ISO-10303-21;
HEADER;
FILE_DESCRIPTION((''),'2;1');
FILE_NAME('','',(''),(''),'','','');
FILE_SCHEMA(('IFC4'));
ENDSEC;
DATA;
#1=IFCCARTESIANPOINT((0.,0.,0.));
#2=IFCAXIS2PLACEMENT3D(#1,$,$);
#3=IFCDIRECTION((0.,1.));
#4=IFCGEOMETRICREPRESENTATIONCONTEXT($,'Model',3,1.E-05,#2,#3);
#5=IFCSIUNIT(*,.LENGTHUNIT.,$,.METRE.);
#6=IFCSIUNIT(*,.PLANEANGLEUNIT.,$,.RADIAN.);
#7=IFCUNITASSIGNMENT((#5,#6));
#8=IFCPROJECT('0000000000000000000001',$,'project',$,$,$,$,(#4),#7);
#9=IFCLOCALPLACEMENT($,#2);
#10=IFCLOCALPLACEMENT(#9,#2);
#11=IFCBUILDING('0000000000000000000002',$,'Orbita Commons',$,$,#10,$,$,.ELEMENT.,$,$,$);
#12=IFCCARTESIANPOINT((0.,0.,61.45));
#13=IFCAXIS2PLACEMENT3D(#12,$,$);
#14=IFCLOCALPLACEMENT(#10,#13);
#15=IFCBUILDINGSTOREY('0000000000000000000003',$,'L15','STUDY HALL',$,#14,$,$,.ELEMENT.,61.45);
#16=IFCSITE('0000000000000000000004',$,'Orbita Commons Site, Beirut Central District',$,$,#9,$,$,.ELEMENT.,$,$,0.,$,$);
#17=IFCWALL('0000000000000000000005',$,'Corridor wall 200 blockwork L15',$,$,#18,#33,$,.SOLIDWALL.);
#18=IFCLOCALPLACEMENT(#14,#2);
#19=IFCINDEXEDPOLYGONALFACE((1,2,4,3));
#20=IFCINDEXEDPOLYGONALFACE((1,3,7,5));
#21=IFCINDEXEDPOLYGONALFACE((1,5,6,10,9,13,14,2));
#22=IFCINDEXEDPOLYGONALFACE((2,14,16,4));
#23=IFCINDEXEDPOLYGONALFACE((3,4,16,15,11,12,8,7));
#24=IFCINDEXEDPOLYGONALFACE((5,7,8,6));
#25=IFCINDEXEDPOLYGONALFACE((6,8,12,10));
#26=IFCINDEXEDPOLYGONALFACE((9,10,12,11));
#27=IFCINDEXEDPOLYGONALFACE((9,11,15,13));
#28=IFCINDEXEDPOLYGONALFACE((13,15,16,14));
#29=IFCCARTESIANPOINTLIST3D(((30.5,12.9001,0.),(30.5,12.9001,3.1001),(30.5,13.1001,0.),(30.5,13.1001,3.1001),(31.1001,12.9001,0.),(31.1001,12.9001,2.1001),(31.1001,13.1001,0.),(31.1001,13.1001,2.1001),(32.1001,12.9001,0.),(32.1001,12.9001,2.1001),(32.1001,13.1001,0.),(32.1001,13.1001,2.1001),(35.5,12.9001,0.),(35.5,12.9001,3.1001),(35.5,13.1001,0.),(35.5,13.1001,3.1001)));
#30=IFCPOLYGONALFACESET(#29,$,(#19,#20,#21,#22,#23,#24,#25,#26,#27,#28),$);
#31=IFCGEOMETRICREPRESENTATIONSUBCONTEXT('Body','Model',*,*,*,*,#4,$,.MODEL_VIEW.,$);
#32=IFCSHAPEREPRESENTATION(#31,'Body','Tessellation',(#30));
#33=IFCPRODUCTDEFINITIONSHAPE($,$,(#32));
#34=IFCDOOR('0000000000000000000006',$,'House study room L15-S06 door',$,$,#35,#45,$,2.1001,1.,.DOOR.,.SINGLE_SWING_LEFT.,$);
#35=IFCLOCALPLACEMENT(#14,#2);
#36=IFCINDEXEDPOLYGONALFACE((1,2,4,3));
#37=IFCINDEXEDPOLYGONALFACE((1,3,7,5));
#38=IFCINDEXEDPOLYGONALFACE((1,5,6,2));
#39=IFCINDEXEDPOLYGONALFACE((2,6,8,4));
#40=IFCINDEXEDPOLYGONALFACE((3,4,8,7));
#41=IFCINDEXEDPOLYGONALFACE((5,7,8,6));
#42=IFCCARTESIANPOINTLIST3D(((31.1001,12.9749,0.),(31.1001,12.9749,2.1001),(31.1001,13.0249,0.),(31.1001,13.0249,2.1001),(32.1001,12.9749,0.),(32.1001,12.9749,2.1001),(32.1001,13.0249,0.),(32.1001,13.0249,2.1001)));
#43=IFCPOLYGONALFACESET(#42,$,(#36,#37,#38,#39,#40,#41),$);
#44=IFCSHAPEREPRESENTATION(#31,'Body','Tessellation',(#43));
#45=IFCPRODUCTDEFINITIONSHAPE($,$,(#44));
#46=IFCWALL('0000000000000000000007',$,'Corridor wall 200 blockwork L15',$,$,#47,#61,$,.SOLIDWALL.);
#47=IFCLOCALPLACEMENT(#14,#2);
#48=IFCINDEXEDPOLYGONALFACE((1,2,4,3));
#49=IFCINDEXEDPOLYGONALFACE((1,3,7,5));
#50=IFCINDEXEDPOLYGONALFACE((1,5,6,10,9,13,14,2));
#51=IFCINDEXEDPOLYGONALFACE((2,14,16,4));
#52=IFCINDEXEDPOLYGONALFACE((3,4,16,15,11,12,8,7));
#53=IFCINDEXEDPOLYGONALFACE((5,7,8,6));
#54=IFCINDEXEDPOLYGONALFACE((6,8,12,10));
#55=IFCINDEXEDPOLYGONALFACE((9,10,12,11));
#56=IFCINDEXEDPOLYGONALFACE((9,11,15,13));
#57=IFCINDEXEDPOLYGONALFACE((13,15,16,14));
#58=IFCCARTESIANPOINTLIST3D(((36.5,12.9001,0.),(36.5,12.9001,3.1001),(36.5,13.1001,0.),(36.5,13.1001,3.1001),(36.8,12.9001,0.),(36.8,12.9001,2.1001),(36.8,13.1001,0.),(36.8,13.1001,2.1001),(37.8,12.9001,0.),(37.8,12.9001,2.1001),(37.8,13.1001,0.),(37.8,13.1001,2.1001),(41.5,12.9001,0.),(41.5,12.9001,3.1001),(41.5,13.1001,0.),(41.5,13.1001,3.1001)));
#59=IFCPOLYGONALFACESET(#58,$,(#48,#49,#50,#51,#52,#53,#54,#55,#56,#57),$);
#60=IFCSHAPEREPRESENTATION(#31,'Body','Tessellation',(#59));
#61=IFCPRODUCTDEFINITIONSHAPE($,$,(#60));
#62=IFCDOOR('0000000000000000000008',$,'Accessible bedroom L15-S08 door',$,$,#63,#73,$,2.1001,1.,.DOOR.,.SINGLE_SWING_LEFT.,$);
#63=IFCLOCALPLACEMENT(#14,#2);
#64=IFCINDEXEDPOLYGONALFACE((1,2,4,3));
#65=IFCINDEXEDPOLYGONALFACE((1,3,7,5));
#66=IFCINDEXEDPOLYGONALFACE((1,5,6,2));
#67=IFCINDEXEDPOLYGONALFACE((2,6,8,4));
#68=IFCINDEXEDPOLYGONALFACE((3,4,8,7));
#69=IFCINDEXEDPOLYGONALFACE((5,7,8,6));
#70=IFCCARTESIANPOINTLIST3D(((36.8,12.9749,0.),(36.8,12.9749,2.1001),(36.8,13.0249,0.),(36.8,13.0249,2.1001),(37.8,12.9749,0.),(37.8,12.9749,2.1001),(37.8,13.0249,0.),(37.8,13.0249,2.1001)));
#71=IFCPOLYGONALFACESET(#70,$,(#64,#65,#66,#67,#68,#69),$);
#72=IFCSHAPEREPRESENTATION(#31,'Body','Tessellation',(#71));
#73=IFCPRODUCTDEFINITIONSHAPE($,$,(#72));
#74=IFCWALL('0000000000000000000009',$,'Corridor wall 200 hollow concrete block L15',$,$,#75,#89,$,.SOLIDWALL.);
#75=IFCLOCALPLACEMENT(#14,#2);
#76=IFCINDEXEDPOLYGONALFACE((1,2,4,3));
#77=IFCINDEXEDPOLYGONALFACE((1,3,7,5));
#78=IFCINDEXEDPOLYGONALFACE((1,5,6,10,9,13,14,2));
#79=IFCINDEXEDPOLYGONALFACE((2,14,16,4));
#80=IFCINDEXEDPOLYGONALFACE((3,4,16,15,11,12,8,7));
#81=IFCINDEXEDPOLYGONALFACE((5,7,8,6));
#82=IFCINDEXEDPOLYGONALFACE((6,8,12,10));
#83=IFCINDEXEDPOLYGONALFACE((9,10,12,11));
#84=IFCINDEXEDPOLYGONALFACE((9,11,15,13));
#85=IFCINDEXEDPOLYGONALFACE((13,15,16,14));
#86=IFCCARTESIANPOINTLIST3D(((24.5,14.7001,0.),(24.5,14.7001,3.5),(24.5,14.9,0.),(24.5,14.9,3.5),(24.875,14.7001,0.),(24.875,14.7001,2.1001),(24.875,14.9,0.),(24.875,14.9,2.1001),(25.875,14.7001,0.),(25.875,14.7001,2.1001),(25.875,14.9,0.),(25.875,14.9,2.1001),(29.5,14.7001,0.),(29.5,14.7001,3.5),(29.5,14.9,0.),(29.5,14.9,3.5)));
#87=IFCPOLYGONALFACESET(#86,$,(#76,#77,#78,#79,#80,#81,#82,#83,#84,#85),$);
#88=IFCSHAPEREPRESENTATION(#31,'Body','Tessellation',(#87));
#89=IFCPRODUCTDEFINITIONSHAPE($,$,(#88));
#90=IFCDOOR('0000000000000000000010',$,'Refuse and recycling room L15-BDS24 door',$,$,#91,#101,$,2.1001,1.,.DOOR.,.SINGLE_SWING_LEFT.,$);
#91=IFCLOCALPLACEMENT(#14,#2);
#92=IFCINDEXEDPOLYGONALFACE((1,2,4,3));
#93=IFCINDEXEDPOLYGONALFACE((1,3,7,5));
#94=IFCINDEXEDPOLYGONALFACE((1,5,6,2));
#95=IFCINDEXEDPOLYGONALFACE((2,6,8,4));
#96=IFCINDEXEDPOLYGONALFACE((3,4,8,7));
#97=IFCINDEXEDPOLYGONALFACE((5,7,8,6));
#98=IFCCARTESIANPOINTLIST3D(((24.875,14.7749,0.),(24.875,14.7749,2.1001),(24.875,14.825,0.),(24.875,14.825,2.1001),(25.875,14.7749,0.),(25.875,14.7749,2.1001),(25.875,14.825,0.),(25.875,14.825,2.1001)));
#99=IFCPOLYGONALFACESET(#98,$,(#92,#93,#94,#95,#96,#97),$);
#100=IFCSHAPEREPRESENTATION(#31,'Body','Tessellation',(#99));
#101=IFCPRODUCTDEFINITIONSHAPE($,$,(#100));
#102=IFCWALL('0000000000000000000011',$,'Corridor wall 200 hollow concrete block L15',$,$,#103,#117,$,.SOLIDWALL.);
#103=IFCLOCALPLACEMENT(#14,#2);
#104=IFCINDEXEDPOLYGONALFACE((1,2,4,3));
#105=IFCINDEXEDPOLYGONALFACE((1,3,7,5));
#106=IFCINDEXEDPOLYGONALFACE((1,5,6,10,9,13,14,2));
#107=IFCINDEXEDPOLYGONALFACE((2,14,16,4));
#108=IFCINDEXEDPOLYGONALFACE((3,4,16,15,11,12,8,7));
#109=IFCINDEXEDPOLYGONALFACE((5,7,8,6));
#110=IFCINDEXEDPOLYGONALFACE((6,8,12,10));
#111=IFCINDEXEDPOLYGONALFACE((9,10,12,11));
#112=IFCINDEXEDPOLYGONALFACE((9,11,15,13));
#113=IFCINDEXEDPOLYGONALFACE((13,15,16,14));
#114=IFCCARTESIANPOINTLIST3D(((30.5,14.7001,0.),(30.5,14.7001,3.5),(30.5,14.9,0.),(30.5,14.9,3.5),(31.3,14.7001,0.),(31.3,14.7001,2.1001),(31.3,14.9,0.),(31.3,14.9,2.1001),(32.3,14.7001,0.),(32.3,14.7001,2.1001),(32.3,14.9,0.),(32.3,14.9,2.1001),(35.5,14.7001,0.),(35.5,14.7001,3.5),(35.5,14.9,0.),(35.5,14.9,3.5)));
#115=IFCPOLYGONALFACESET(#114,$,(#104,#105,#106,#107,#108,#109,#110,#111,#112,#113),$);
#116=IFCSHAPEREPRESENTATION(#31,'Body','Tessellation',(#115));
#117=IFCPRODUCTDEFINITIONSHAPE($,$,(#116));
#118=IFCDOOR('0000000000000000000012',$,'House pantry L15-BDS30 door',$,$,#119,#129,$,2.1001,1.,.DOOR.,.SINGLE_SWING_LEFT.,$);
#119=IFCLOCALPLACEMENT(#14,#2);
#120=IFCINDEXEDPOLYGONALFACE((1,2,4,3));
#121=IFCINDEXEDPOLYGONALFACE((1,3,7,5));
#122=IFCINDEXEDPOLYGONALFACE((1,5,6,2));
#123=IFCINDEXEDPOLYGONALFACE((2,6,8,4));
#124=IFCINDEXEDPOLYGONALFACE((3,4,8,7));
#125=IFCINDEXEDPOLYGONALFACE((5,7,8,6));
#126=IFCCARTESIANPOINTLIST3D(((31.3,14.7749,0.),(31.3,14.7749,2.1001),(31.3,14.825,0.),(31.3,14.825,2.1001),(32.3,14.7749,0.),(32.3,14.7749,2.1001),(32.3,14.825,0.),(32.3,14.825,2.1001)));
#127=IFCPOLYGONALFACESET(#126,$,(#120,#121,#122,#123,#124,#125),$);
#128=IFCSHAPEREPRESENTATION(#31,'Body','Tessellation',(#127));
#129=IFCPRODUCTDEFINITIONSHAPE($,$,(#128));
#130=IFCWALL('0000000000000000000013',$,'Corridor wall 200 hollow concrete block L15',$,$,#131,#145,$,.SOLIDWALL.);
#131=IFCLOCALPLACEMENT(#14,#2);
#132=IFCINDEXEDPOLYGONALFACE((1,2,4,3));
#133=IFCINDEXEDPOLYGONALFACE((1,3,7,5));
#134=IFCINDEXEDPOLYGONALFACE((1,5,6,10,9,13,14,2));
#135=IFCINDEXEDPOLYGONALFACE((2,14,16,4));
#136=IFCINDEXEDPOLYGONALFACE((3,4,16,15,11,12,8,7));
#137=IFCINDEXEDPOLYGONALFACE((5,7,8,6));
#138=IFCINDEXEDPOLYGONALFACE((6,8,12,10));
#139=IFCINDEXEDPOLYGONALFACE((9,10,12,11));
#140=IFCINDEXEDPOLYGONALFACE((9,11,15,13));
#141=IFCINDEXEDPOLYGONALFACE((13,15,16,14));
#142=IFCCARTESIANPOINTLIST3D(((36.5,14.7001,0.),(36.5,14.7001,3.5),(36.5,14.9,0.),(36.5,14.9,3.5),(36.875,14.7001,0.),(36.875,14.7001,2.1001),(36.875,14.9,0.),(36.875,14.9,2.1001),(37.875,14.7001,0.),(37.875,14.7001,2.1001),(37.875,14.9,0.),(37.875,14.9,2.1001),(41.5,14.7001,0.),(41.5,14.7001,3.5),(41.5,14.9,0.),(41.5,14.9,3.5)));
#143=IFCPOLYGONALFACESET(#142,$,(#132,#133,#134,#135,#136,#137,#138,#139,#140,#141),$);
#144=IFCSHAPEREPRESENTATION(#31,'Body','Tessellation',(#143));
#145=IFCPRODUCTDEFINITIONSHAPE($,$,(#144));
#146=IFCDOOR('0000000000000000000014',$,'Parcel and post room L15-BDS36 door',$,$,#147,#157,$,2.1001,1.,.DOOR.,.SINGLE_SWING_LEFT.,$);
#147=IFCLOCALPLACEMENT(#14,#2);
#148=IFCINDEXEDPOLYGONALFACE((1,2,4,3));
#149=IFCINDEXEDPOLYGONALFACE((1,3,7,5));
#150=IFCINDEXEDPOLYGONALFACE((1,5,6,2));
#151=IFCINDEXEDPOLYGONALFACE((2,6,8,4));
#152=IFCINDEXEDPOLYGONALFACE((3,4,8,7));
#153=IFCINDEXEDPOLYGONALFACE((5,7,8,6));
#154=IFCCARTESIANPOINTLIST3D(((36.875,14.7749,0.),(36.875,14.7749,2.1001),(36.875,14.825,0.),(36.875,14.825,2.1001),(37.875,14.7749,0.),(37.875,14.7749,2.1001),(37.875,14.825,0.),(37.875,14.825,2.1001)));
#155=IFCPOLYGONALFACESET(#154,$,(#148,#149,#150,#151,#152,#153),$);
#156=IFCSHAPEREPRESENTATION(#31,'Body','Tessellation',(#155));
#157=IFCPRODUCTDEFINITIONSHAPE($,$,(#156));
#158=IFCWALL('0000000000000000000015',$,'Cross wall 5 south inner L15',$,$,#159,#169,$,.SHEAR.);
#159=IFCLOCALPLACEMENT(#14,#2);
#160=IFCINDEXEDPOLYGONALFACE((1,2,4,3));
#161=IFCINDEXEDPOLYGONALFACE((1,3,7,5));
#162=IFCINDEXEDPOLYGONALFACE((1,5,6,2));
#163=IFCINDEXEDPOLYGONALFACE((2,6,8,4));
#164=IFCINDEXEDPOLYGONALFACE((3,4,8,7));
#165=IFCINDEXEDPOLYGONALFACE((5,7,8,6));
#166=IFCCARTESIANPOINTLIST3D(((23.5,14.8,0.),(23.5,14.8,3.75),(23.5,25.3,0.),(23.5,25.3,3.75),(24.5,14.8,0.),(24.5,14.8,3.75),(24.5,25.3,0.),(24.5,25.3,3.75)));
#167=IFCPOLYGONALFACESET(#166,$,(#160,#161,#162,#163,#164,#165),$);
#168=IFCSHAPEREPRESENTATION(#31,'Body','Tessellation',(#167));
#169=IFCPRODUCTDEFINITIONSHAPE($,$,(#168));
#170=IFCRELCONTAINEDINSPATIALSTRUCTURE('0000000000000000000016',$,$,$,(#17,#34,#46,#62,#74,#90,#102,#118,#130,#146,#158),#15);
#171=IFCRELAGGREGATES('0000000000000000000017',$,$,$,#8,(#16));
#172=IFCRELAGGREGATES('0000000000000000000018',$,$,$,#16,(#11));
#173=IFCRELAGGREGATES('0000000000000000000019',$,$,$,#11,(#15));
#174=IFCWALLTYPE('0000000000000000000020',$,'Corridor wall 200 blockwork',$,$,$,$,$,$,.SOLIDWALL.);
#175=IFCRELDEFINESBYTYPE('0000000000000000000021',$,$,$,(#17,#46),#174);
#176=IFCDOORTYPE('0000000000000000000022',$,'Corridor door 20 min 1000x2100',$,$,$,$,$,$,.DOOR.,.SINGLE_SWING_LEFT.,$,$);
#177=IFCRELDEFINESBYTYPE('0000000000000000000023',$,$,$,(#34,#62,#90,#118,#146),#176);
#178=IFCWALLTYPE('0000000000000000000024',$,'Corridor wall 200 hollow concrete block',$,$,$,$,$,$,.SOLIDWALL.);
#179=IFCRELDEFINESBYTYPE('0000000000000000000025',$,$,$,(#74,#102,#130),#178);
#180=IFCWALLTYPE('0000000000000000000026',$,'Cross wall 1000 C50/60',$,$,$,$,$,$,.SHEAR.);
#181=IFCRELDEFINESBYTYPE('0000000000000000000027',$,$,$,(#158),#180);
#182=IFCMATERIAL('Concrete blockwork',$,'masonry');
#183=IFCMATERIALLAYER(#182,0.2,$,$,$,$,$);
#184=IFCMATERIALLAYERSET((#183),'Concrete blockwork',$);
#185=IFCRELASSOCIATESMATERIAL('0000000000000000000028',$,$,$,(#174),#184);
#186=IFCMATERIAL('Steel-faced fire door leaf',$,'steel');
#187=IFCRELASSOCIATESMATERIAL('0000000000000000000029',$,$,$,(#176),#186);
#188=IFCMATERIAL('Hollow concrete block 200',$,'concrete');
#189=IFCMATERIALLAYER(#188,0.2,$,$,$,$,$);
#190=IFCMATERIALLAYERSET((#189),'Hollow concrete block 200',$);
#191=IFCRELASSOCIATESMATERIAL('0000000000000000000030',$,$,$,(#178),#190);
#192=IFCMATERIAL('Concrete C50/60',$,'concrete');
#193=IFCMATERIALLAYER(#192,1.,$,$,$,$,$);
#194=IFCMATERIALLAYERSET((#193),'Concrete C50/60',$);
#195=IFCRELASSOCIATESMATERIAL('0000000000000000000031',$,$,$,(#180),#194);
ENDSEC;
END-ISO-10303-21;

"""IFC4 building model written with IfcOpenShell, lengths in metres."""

from ifc_helpers import new_model, si_unit, direction, frame, frame_2d, origin, place, context, subcontext, project, spatial, polyline, rectangle, outline, extrude, material, layer, layer_set, type_object, element, fill, save


model = new_model("IFC4")

# Units and contexts
model_context = context("Model", 3, precision=1e-05, world=origin(), true_north=direction((0.0, 1.0)))
body_context = subcontext(model_context, "Body", "Model", "MODEL_VIEW")
ifc_project = project(units=[si_unit("LENGTHUNIT", "METRE"), si_unit("PLANEANGLEUNIT", "RADIAN")], contexts=[model_context])

# Site, building, storey
site_placement = place(None, origin())
site = spatial("IfcSite", under=ifc_project, at=site_placement, Name="Orbita Commons Site, Beirut Central District", CompositionType="ELEMENT", RefElevation=0.0)
building_placement = place(site_placement, origin())
building = spatial("IfcBuilding", under=site, at=building_placement, Name="Orbita Commons", CompositionType="ELEMENT")
storey_placement = place(building_placement, frame((0.0, 0.0, 61.45)))
storey = spatial("IfcBuildingStorey", under=building, at=storey_placement, Name="L15", Description="STUDY HALL", CompositionType="ELEMENT", Elevation=61.45)

# Shared definitions
ifc_material_1 = material(Name="Concrete blockwork", Category="masonry")
ifc_layer_1 = layer(ifc_material_1, 0.2)
ifc_layer_set_1 = layer_set([ifc_layer_1], Name="Concrete blockwork")
wall_type_1 = type_object("IfcWallType", Name="Corridor wall 200 blockwork", PredefinedType="SOLIDWALL", material=ifc_layer_set_1)

# Walls, openings, doors
wall_1_placement = place(storey_placement, frame((30.5, 13.0, 0.0), z_axis=(0.0, 0.0, 1.0), x_axis=(1.0, 0.0, 0.0)))
wall_1 = element("IfcWall", 1, at=wall_1_placement, inside=storey, type_object=wall_type_1, Name="Corridor wall 200 blockwork L15", PredefinedType="SOLIDWALL", context=body_context, shape_type="SweptSolid", body=[
    extrude(outline(polyline([(0.0, 0.0), (5.0, 0.0), (5.0, 3.1001), (0.0, 3.1001), (0.0, 0.0)])), frame((0.0, 0.1001, 0.0), z_axis=(0.0, -1.0, 0.0), x_axis=(1.0, 0.0, 0.0)), (0.0, 0.0, 1.0), 0.2),
])
opening_1_placement = place(wall_1_placement, frame((0.6001, 0.0, 0.0)))
opening_1 = element("IfcOpeningElement", 2, at=opening_1_placement, cuts=wall_1, PredefinedType="OPENING", context=body_context, shape_type="SweptSolid", body=[
    extrude(rectangle(XDim=1.0, YDim=2.1001, at=frame_2d((0.5, 1.05))), frame((0.0, 0.1099, 0.0), z_axis=(0.0, -1.0, 0.0), x_axis=(1.0, 0.0, 0.0)), (0.0, 0.0, 1.0), 0.22),
])
ifc_material_2 = material(Name="Steel-faced fire door leaf", Category="steel")
door_type_1 = type_object("IfcDoorType", Name="Corridor door 20 min 1000x2100", OperationType="SINGLE_SWING_LEFT", PredefinedType="DOOR", material=ifc_material_2)
door_1_placement = place(opening_1_placement, origin())
door_1 = element("IfcDoor", 3, at=door_1_placement, inside=storey, type_object=door_type_1, Name="House study room L15-S06 door", OperationType="SINGLE_SWING_LEFT", OverallHeight=2.1001, OverallWidth=1.0, PredefinedType="DOOR", context=body_context, shape_type="SweptSolid", body=[
    extrude(rectangle(XDim=1.0, YDim=2.1001, at=frame_2d((0.5, 1.05))), frame((0.0, 0.0249, 0.0), z_axis=(0.0, -1.0, 0.0), x_axis=(1.0, 0.0, 0.0)), (0.0, 0.0, 1.0), 0.05),
])
fill(opening_1, door_1)
wall_2_placement = place(storey_placement, frame((36.5, 13.0, 0.0), z_axis=(0.0, 0.0, 1.0), x_axis=(1.0, 0.0, 0.0)))
wall_2 = element("IfcWall", 4, at=wall_2_placement, inside=storey, type_object=wall_type_1, Name="Corridor wall 200 blockwork L15", PredefinedType="SOLIDWALL", context=body_context, shape_type="SweptSolid", body=[
    extrude(outline(polyline([(0.0, 0.0), (5.0, 0.0), (5.0, 3.1001), (0.0, 3.1001), (0.0, 0.0)])), frame((0.0, 0.1001, 0.0), z_axis=(0.0, -1.0, 0.0), x_axis=(1.0, 0.0, 0.0)), (0.0, 0.0, 1.0), 0.2),
])
opening_2_placement = place(wall_2_placement, frame((0.3, 0.0, 0.0)))
opening_2 = element("IfcOpeningElement", 5, at=opening_2_placement, cuts=wall_2, PredefinedType="OPENING", context=body_context, shape_type="SweptSolid", body=[
    extrude(rectangle(XDim=1.0, YDim=2.1001, at=frame_2d((0.5, 1.05))), frame((0.0, 0.1099, 0.0), z_axis=(0.0, -1.0, 0.0), x_axis=(1.0, 0.0, 0.0)), (0.0, 0.0, 1.0), 0.22),
])
door_2_placement = place(opening_2_placement, origin())
door_2 = element("IfcDoor", 6, at=door_2_placement, inside=storey, type_object=door_type_1, Name="Accessible bedroom L15-S08 door", OperationType="SINGLE_SWING_LEFT", OverallHeight=2.1001, OverallWidth=1.0, PredefinedType="DOOR", context=body_context, shape_type="SweptSolid", body=[
    extrude(rectangle(XDim=1.0, YDim=2.1001, at=frame_2d((0.5, 1.05))), frame((0.0, 0.0249, 0.0), z_axis=(0.0, -1.0, 0.0), x_axis=(1.0, 0.0, 0.0)), (0.0, 0.0, 1.0), 0.05),
])
fill(opening_2, door_2)
ifc_material_3 = material(Name="Hollow concrete block 200", Category="concrete")
ifc_layer_2 = layer(ifc_material_3, 0.2)
ifc_layer_set_2 = layer_set([ifc_layer_2], Name="Hollow concrete block 200")
wall_type_2 = type_object("IfcWallType", Name="Corridor wall 200 hollow concrete block", PredefinedType="SOLIDWALL", material=ifc_layer_set_2)
wall_3_placement = place(storey_placement, frame((24.5, 14.8, 0.0), z_axis=(0.0, 0.0, 1.0), x_axis=(1.0, 0.0, 0.0)))
wall_3 = element("IfcWall", 7, at=wall_3_placement, inside=storey, type_object=wall_type_2, Name="Corridor wall 200 hollow concrete block L15", PredefinedType="SOLIDWALL", context=body_context, shape_type="SweptSolid", body=[
    extrude(rectangle(XDim=5.0, YDim=0.2, at=frame_2d((2.5, 0.0))), origin(), (0.0, 0.0, 1.0), 3.5),
])
opening_3_placement = place(wall_3_placement, frame((0.375, 0.0, 0.0)))
opening_3 = element("IfcOpeningElement", 8, at=opening_3_placement, cuts=wall_3, PredefinedType="OPENING", context=body_context, shape_type="SweptSolid", body=[
    extrude(rectangle(XDim=1.0, YDim=2.1001, at=frame_2d((0.5, 1.05))), frame((0.0, 0.1099, 0.0), z_axis=(0.0, -1.0, 0.0), x_axis=(1.0, 0.0, 0.0)), (0.0, 0.0, 1.0), 0.22),
])
door_3_placement = place(opening_3_placement, origin())
door_3 = element("IfcDoor", 9, at=door_3_placement, inside=storey, type_object=door_type_1, Name="Refuse and recycling room L15-BDS24 door", OperationType="SINGLE_SWING_LEFT", OverallHeight=2.1001, OverallWidth=1.0, PredefinedType="DOOR", context=body_context, shape_type="SweptSolid", body=[
    extrude(rectangle(XDim=1.0, YDim=2.1001, at=frame_2d((0.5, 1.05))), frame((0.0, 0.0249, 0.0), z_axis=(0.0, -1.0, 0.0), x_axis=(1.0, 0.0, 0.0)), (0.0, 0.0, 1.0), 0.05),
])
fill(opening_3, door_3)
wall_4_placement = place(storey_placement, frame((30.5, 14.8, 0.0), z_axis=(0.0, 0.0, 1.0), x_axis=(1.0, 0.0, 0.0)))
wall_4 = element("IfcWall", 10, at=wall_4_placement, inside=storey, type_object=wall_type_2, Name="Corridor wall 200 hollow concrete block L15", PredefinedType="SOLIDWALL", context=body_context, shape_type="SweptSolid", body=[
    extrude(rectangle(XDim=5.0, YDim=0.2, at=frame_2d((2.5, 0.0))), origin(), (0.0, 0.0, 1.0), 3.5),
])
opening_4_placement = place(wall_4_placement, frame((0.8, 0.0, 0.0)))
opening_4 = element("IfcOpeningElement", 11, at=opening_4_placement, cuts=wall_4, PredefinedType="OPENING", context=body_context, shape_type="SweptSolid", body=[
    extrude(rectangle(XDim=1.0, YDim=2.1001, at=frame_2d((0.5, 1.05))), frame((0.0, 0.1099, 0.0), z_axis=(0.0, -1.0, 0.0), x_axis=(1.0, 0.0, 0.0)), (0.0, 0.0, 1.0), 0.22),
])
door_4_placement = place(opening_4_placement, origin())
door_4 = element("IfcDoor", 12, at=door_4_placement, inside=storey, type_object=door_type_1, Name="House pantry L15-BDS30 door", OperationType="SINGLE_SWING_LEFT", OverallHeight=2.1001, OverallWidth=1.0, PredefinedType="DOOR", context=body_context, shape_type="SweptSolid", body=[
    extrude(rectangle(XDim=1.0, YDim=2.1001, at=frame_2d((0.5, 1.05))), frame((0.0, 0.0249, 0.0), z_axis=(0.0, -1.0, 0.0), x_axis=(1.0, 0.0, 0.0)), (0.0, 0.0, 1.0), 0.05),
])
fill(opening_4, door_4)
wall_5_placement = place(storey_placement, frame((36.5, 14.8, 0.0), z_axis=(0.0, 0.0, 1.0), x_axis=(1.0, 0.0, 0.0)))
wall_5 = element("IfcWall", 13, at=wall_5_placement, inside=storey, type_object=wall_type_2, Name="Corridor wall 200 hollow concrete block L15", PredefinedType="SOLIDWALL", context=body_context, shape_type="SweptSolid", body=[
    extrude(rectangle(XDim=5.0, YDim=0.2, at=frame_2d((2.5, 0.0))), origin(), (0.0, 0.0, 1.0), 3.5),
])
opening_5_placement = place(wall_5_placement, frame((0.375, 0.0, 0.0)))
opening_5 = element("IfcOpeningElement", 14, at=opening_5_placement, cuts=wall_5, PredefinedType="OPENING", context=body_context, shape_type="SweptSolid", body=[
    extrude(rectangle(XDim=1.0, YDim=2.1001, at=frame_2d((0.5, 1.05))), frame((0.0, 0.1099, 0.0), z_axis=(0.0, -1.0, 0.0), x_axis=(1.0, 0.0, 0.0)), (0.0, 0.0, 1.0), 0.22),
])
door_5_placement = place(opening_5_placement, origin())
door_5 = element("IfcDoor", 15, at=door_5_placement, inside=storey, type_object=door_type_1, Name="Parcel and post room L15-BDS36 door", OperationType="SINGLE_SWING_LEFT", OverallHeight=2.1001, OverallWidth=1.0, PredefinedType="DOOR", context=body_context, shape_type="SweptSolid", body=[
    extrude(rectangle(XDim=1.0, YDim=2.1001, at=frame_2d((0.5, 1.05))), frame((0.0, 0.0249, 0.0), z_axis=(0.0, -1.0, 0.0), x_axis=(1.0, 0.0, 0.0)), (0.0, 0.0, 1.0), 0.05),
])
fill(opening_5, door_5)

# Wall
ifc_material_4 = material(Name="Concrete C50/60", Category="concrete")
ifc_layer_3 = layer(ifc_material_4, 1.0)
ifc_layer_set_3 = layer_set([ifc_layer_3], Name="Concrete C50/60")
wall_type_3 = type_object("IfcWallType", Name="Cross wall 1000 C50/60", PredefinedType="SHEAR", material=ifc_layer_set_3)
for number, where, z_axis, x_axis, name in (
    (16, (24.0, 14.8, 0.0), (0.0, 0.0, 1.0), (0.0, 1.0, 0.0), "Cross wall 5 south inner L15"),
):
    element("IfcWall", number, at=place(storey_placement, frame(where, z_axis=z_axis, x_axis=x_axis)), inside=storey, type_object=wall_type_3, Name=name, PredefinedType="SHEAR", context=body_context, shape_type="SweptSolid", body=[
        extrude(rectangle(XDim=10.5, YDim=1.0, at=frame_2d((5.25, 0.0))), origin(), (0.0, 0.0, 1.0), 3.75),
    ])

save(model, "model.ifc")
